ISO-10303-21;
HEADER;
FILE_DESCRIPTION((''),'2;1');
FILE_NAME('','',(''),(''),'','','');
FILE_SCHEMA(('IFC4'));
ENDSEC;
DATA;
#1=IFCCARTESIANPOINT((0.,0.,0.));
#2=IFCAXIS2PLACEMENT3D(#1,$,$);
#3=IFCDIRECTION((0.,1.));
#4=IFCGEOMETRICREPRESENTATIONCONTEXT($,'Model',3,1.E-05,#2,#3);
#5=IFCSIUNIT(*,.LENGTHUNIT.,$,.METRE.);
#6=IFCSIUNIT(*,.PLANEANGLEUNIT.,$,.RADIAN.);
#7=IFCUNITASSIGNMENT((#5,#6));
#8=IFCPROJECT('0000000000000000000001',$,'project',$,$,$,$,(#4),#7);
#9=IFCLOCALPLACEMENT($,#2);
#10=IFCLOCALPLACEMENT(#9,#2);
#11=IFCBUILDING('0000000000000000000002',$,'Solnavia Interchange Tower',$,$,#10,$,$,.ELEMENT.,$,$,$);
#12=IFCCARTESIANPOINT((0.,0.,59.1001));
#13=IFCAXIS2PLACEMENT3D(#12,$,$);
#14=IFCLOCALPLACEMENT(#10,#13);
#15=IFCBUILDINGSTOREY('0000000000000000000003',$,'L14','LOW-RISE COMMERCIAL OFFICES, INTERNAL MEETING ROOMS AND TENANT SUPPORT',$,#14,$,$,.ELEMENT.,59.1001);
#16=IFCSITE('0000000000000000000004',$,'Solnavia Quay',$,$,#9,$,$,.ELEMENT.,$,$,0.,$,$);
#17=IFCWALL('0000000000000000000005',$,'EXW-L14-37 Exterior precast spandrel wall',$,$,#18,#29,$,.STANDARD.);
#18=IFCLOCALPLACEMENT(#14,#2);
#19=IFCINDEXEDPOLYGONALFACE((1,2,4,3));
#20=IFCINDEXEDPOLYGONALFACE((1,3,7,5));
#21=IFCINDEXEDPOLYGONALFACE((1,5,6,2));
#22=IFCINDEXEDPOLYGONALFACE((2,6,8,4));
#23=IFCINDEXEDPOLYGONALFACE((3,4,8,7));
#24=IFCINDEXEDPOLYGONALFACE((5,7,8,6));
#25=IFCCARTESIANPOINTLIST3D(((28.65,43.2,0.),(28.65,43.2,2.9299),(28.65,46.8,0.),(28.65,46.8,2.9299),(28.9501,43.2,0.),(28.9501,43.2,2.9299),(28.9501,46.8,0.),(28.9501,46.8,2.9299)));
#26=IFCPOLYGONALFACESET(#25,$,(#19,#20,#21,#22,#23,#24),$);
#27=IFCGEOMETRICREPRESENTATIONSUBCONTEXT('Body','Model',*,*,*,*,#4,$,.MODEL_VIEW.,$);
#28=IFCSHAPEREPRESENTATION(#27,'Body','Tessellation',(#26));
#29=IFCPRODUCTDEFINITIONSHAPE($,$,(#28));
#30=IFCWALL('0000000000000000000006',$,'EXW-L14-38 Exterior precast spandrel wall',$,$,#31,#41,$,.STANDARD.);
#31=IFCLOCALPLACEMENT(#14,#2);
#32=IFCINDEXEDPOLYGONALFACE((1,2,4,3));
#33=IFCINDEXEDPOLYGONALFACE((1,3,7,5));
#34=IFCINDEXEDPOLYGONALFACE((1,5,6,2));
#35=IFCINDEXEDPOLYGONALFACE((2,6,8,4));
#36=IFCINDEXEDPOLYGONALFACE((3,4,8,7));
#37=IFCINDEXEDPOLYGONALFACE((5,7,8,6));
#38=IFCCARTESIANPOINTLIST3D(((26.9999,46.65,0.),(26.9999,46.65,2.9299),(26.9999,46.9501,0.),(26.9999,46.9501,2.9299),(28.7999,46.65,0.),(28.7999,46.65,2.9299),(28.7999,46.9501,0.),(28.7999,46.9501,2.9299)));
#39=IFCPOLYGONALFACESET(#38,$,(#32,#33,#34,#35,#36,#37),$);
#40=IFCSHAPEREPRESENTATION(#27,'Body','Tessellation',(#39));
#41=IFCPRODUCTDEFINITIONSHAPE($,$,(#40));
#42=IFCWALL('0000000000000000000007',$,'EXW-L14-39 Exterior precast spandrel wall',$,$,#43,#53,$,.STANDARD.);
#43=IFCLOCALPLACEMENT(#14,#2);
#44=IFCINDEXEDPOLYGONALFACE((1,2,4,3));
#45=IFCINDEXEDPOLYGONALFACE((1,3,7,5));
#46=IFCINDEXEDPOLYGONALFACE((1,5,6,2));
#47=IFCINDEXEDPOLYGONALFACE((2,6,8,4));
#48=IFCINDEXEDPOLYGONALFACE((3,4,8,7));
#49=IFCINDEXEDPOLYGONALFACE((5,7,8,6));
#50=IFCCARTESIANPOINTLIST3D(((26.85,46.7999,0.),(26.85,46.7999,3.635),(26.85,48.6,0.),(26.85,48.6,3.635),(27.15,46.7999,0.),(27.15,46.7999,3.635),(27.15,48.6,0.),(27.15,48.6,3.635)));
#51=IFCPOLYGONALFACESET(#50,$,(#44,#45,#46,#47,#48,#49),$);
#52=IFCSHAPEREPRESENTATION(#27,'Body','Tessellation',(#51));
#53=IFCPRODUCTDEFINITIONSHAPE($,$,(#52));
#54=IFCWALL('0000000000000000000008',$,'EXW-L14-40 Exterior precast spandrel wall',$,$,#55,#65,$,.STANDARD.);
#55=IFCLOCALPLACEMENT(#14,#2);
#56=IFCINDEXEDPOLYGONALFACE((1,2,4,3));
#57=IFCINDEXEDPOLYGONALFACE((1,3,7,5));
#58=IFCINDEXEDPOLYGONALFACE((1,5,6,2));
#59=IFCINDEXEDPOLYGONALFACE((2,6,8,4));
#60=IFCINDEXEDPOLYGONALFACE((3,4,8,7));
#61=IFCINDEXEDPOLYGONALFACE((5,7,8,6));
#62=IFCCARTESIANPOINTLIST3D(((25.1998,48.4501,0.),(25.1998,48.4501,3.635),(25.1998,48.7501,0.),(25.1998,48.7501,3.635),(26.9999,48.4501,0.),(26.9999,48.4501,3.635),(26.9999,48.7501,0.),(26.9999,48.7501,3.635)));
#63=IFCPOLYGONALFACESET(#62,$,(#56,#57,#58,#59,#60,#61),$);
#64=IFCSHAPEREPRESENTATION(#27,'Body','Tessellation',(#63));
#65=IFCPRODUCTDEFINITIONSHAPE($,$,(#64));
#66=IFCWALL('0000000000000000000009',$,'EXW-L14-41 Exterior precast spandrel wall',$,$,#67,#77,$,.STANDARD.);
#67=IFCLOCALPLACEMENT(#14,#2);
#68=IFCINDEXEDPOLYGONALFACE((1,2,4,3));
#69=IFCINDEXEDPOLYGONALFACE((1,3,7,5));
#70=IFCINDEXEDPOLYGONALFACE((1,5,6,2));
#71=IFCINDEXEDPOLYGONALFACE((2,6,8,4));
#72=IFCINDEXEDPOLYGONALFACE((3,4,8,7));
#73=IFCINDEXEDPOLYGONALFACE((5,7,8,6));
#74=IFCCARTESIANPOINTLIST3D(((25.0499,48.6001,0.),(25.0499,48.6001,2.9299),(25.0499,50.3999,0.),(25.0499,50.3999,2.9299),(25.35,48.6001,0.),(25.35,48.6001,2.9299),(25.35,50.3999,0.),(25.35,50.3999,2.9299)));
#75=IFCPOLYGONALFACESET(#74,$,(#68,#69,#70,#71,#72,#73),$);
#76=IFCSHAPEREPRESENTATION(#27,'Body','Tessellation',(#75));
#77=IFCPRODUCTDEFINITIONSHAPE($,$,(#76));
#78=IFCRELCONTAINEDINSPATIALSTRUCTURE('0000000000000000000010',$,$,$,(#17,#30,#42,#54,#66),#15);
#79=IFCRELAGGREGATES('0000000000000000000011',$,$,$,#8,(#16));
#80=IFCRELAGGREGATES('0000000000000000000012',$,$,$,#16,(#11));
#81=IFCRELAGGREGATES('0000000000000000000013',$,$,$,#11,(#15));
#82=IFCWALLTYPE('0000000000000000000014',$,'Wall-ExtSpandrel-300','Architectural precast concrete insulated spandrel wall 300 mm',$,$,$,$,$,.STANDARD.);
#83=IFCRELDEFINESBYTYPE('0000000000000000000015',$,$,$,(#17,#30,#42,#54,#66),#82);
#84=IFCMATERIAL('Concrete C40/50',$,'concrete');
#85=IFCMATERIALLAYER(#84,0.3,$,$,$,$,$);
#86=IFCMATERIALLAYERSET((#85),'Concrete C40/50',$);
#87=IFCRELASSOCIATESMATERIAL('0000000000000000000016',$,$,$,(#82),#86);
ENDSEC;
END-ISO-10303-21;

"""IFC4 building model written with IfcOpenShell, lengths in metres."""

from ifc_helpers import new_model, si_unit, direction, frame, frame_2d, origin, place, context, subcontext, project, spatial, rectangle, extrude, material, layer, layer_set, type_object, element, save


model = new_model("IFC4")

# Units and contexts
model_context = context("Model", 3, precision=1e-05, world=origin(), true_north=direction((0.0, 1.0)))
body_context = subcontext(model_context, "Body", "Model", "MODEL_VIEW")
ifc_project = project(units=[si_unit("LENGTHUNIT", "METRE"), si_unit("PLANEANGLEUNIT", "RADIAN")], contexts=[model_context])

# Site, building, storey
site_placement = place(None, origin())
site = spatial("IfcSite", under=ifc_project, at=site_placement, Name="Solnavia Quay", CompositionType="ELEMENT", RefElevation=0.0)
building_placement = place(site_placement, origin())
building = spatial("IfcBuilding", under=site, at=building_placement, Name="Solnavia Interchange Tower", CompositionType="ELEMENT")
storey_placement = place(building_placement, frame((0.0, 0.0, 59.1001)))
storey = spatial("IfcBuildingStorey", under=building, at=storey_placement, Name="L14", Description="LOW-RISE COMMERCIAL OFFICES, INTERNAL MEETING ROOMS AND TENANT SUPPORT", CompositionType="ELEMENT", Elevation=59.1001)

# Walls
ifc_material_1 = material(Name="Concrete C40/50", Category="concrete")
ifc_layer = layer(ifc_material_1, 0.3)
ifc_layer_set = layer_set([ifc_layer], Name="Concrete C40/50")
wall_type = type_object("IfcWallType", Name="Wall-ExtSpandrel-300", Description="Architectural precast concrete insulated spandrel wall 300 mm", PredefinedType="STANDARD", material=ifc_layer_set)
wall_1_placement = place(storey_placement, frame((28.8, 43.2, 0.0), z_axis=(0.0, 0.0, 1.0), x_axis=(0.0, 1.0, 0.0)))
element("IfcWall", 1, at=wall_1_placement, inside=storey, type_object=wall_type, Name="EXW-L14-37 Exterior precast spandrel wall", PredefinedType="STANDARD", context=body_context, shape_type="SweptSolid", body=[
    extrude(rectangle(XDim=3.6001, YDim=0.3, at=frame_2d((1.8, 0.0))), origin(), (0.0, 0.0, 1.0), 2.9299),
])
wall_2_placement = place(storey_placement, frame((27.0, 46.8, 0.0), z_axis=(0.0, 0.0, 1.0), x_axis=(1.0, 0.0, 0.0)))
element("IfcWall", 2, at=wall_2_placement, inside=storey, type_object=wall_type, Name="EXW-L14-38 Exterior precast spandrel wall", PredefinedType="STANDARD", context=body_context, shape_type="SweptSolid", body=[
    extrude(rectangle(XDim=1.8, YDim=0.3, at=frame_2d((0.8999, 0.0))), origin(), (0.0, 0.0, 1.0), 2.9299),
])
for number, where, z_axis, x_axis, name in (
    (3, (27.0, 46.8, 0.0), (0.0, 0.0, 1.0), (0.0, 1.0, 0.0), "EXW-L14-39 Exterior precast spandrel wall"),
    (4, (25.2, 48.6001, 0.0), (0.0, 0.0, 1.0), (1.0, 0.0, 0.0), "EXW-L14-40 Exterior precast spandrel wall"),
):
    element("IfcWall", number, at=place(storey_placement, frame(where, z_axis=z_axis, x_axis=x_axis)), inside=storey, type_object=wall_type, Name=name, PredefinedType="STANDARD", context=body_context, shape_type="SweptSolid", body=[
        extrude(rectangle(XDim=1.8, YDim=0.3, at=frame_2d((0.8999, 0.0))), origin(), (0.0, 0.0, 1.0), 3.635),
    ])
wall_3_placement = place(storey_placement, frame((25.2, 48.6001, 0.0), z_axis=(0.0, 0.0, 1.0), x_axis=(0.0, 1.0, 0.0)))
element("IfcWall", 5, at=wall_3_placement, inside=storey, type_object=wall_type, Name="EXW-L14-41 Exterior precast spandrel wall", PredefinedType="STANDARD", context=body_context, shape_type="SweptSolid", body=[
    extrude(rectangle(XDim=1.7998, YDim=0.3, at=frame_2d((0.8999, 0.0))), origin(), (0.0, 0.0, 1.0), 2.9299),
])

save(model, "model.ifc")
